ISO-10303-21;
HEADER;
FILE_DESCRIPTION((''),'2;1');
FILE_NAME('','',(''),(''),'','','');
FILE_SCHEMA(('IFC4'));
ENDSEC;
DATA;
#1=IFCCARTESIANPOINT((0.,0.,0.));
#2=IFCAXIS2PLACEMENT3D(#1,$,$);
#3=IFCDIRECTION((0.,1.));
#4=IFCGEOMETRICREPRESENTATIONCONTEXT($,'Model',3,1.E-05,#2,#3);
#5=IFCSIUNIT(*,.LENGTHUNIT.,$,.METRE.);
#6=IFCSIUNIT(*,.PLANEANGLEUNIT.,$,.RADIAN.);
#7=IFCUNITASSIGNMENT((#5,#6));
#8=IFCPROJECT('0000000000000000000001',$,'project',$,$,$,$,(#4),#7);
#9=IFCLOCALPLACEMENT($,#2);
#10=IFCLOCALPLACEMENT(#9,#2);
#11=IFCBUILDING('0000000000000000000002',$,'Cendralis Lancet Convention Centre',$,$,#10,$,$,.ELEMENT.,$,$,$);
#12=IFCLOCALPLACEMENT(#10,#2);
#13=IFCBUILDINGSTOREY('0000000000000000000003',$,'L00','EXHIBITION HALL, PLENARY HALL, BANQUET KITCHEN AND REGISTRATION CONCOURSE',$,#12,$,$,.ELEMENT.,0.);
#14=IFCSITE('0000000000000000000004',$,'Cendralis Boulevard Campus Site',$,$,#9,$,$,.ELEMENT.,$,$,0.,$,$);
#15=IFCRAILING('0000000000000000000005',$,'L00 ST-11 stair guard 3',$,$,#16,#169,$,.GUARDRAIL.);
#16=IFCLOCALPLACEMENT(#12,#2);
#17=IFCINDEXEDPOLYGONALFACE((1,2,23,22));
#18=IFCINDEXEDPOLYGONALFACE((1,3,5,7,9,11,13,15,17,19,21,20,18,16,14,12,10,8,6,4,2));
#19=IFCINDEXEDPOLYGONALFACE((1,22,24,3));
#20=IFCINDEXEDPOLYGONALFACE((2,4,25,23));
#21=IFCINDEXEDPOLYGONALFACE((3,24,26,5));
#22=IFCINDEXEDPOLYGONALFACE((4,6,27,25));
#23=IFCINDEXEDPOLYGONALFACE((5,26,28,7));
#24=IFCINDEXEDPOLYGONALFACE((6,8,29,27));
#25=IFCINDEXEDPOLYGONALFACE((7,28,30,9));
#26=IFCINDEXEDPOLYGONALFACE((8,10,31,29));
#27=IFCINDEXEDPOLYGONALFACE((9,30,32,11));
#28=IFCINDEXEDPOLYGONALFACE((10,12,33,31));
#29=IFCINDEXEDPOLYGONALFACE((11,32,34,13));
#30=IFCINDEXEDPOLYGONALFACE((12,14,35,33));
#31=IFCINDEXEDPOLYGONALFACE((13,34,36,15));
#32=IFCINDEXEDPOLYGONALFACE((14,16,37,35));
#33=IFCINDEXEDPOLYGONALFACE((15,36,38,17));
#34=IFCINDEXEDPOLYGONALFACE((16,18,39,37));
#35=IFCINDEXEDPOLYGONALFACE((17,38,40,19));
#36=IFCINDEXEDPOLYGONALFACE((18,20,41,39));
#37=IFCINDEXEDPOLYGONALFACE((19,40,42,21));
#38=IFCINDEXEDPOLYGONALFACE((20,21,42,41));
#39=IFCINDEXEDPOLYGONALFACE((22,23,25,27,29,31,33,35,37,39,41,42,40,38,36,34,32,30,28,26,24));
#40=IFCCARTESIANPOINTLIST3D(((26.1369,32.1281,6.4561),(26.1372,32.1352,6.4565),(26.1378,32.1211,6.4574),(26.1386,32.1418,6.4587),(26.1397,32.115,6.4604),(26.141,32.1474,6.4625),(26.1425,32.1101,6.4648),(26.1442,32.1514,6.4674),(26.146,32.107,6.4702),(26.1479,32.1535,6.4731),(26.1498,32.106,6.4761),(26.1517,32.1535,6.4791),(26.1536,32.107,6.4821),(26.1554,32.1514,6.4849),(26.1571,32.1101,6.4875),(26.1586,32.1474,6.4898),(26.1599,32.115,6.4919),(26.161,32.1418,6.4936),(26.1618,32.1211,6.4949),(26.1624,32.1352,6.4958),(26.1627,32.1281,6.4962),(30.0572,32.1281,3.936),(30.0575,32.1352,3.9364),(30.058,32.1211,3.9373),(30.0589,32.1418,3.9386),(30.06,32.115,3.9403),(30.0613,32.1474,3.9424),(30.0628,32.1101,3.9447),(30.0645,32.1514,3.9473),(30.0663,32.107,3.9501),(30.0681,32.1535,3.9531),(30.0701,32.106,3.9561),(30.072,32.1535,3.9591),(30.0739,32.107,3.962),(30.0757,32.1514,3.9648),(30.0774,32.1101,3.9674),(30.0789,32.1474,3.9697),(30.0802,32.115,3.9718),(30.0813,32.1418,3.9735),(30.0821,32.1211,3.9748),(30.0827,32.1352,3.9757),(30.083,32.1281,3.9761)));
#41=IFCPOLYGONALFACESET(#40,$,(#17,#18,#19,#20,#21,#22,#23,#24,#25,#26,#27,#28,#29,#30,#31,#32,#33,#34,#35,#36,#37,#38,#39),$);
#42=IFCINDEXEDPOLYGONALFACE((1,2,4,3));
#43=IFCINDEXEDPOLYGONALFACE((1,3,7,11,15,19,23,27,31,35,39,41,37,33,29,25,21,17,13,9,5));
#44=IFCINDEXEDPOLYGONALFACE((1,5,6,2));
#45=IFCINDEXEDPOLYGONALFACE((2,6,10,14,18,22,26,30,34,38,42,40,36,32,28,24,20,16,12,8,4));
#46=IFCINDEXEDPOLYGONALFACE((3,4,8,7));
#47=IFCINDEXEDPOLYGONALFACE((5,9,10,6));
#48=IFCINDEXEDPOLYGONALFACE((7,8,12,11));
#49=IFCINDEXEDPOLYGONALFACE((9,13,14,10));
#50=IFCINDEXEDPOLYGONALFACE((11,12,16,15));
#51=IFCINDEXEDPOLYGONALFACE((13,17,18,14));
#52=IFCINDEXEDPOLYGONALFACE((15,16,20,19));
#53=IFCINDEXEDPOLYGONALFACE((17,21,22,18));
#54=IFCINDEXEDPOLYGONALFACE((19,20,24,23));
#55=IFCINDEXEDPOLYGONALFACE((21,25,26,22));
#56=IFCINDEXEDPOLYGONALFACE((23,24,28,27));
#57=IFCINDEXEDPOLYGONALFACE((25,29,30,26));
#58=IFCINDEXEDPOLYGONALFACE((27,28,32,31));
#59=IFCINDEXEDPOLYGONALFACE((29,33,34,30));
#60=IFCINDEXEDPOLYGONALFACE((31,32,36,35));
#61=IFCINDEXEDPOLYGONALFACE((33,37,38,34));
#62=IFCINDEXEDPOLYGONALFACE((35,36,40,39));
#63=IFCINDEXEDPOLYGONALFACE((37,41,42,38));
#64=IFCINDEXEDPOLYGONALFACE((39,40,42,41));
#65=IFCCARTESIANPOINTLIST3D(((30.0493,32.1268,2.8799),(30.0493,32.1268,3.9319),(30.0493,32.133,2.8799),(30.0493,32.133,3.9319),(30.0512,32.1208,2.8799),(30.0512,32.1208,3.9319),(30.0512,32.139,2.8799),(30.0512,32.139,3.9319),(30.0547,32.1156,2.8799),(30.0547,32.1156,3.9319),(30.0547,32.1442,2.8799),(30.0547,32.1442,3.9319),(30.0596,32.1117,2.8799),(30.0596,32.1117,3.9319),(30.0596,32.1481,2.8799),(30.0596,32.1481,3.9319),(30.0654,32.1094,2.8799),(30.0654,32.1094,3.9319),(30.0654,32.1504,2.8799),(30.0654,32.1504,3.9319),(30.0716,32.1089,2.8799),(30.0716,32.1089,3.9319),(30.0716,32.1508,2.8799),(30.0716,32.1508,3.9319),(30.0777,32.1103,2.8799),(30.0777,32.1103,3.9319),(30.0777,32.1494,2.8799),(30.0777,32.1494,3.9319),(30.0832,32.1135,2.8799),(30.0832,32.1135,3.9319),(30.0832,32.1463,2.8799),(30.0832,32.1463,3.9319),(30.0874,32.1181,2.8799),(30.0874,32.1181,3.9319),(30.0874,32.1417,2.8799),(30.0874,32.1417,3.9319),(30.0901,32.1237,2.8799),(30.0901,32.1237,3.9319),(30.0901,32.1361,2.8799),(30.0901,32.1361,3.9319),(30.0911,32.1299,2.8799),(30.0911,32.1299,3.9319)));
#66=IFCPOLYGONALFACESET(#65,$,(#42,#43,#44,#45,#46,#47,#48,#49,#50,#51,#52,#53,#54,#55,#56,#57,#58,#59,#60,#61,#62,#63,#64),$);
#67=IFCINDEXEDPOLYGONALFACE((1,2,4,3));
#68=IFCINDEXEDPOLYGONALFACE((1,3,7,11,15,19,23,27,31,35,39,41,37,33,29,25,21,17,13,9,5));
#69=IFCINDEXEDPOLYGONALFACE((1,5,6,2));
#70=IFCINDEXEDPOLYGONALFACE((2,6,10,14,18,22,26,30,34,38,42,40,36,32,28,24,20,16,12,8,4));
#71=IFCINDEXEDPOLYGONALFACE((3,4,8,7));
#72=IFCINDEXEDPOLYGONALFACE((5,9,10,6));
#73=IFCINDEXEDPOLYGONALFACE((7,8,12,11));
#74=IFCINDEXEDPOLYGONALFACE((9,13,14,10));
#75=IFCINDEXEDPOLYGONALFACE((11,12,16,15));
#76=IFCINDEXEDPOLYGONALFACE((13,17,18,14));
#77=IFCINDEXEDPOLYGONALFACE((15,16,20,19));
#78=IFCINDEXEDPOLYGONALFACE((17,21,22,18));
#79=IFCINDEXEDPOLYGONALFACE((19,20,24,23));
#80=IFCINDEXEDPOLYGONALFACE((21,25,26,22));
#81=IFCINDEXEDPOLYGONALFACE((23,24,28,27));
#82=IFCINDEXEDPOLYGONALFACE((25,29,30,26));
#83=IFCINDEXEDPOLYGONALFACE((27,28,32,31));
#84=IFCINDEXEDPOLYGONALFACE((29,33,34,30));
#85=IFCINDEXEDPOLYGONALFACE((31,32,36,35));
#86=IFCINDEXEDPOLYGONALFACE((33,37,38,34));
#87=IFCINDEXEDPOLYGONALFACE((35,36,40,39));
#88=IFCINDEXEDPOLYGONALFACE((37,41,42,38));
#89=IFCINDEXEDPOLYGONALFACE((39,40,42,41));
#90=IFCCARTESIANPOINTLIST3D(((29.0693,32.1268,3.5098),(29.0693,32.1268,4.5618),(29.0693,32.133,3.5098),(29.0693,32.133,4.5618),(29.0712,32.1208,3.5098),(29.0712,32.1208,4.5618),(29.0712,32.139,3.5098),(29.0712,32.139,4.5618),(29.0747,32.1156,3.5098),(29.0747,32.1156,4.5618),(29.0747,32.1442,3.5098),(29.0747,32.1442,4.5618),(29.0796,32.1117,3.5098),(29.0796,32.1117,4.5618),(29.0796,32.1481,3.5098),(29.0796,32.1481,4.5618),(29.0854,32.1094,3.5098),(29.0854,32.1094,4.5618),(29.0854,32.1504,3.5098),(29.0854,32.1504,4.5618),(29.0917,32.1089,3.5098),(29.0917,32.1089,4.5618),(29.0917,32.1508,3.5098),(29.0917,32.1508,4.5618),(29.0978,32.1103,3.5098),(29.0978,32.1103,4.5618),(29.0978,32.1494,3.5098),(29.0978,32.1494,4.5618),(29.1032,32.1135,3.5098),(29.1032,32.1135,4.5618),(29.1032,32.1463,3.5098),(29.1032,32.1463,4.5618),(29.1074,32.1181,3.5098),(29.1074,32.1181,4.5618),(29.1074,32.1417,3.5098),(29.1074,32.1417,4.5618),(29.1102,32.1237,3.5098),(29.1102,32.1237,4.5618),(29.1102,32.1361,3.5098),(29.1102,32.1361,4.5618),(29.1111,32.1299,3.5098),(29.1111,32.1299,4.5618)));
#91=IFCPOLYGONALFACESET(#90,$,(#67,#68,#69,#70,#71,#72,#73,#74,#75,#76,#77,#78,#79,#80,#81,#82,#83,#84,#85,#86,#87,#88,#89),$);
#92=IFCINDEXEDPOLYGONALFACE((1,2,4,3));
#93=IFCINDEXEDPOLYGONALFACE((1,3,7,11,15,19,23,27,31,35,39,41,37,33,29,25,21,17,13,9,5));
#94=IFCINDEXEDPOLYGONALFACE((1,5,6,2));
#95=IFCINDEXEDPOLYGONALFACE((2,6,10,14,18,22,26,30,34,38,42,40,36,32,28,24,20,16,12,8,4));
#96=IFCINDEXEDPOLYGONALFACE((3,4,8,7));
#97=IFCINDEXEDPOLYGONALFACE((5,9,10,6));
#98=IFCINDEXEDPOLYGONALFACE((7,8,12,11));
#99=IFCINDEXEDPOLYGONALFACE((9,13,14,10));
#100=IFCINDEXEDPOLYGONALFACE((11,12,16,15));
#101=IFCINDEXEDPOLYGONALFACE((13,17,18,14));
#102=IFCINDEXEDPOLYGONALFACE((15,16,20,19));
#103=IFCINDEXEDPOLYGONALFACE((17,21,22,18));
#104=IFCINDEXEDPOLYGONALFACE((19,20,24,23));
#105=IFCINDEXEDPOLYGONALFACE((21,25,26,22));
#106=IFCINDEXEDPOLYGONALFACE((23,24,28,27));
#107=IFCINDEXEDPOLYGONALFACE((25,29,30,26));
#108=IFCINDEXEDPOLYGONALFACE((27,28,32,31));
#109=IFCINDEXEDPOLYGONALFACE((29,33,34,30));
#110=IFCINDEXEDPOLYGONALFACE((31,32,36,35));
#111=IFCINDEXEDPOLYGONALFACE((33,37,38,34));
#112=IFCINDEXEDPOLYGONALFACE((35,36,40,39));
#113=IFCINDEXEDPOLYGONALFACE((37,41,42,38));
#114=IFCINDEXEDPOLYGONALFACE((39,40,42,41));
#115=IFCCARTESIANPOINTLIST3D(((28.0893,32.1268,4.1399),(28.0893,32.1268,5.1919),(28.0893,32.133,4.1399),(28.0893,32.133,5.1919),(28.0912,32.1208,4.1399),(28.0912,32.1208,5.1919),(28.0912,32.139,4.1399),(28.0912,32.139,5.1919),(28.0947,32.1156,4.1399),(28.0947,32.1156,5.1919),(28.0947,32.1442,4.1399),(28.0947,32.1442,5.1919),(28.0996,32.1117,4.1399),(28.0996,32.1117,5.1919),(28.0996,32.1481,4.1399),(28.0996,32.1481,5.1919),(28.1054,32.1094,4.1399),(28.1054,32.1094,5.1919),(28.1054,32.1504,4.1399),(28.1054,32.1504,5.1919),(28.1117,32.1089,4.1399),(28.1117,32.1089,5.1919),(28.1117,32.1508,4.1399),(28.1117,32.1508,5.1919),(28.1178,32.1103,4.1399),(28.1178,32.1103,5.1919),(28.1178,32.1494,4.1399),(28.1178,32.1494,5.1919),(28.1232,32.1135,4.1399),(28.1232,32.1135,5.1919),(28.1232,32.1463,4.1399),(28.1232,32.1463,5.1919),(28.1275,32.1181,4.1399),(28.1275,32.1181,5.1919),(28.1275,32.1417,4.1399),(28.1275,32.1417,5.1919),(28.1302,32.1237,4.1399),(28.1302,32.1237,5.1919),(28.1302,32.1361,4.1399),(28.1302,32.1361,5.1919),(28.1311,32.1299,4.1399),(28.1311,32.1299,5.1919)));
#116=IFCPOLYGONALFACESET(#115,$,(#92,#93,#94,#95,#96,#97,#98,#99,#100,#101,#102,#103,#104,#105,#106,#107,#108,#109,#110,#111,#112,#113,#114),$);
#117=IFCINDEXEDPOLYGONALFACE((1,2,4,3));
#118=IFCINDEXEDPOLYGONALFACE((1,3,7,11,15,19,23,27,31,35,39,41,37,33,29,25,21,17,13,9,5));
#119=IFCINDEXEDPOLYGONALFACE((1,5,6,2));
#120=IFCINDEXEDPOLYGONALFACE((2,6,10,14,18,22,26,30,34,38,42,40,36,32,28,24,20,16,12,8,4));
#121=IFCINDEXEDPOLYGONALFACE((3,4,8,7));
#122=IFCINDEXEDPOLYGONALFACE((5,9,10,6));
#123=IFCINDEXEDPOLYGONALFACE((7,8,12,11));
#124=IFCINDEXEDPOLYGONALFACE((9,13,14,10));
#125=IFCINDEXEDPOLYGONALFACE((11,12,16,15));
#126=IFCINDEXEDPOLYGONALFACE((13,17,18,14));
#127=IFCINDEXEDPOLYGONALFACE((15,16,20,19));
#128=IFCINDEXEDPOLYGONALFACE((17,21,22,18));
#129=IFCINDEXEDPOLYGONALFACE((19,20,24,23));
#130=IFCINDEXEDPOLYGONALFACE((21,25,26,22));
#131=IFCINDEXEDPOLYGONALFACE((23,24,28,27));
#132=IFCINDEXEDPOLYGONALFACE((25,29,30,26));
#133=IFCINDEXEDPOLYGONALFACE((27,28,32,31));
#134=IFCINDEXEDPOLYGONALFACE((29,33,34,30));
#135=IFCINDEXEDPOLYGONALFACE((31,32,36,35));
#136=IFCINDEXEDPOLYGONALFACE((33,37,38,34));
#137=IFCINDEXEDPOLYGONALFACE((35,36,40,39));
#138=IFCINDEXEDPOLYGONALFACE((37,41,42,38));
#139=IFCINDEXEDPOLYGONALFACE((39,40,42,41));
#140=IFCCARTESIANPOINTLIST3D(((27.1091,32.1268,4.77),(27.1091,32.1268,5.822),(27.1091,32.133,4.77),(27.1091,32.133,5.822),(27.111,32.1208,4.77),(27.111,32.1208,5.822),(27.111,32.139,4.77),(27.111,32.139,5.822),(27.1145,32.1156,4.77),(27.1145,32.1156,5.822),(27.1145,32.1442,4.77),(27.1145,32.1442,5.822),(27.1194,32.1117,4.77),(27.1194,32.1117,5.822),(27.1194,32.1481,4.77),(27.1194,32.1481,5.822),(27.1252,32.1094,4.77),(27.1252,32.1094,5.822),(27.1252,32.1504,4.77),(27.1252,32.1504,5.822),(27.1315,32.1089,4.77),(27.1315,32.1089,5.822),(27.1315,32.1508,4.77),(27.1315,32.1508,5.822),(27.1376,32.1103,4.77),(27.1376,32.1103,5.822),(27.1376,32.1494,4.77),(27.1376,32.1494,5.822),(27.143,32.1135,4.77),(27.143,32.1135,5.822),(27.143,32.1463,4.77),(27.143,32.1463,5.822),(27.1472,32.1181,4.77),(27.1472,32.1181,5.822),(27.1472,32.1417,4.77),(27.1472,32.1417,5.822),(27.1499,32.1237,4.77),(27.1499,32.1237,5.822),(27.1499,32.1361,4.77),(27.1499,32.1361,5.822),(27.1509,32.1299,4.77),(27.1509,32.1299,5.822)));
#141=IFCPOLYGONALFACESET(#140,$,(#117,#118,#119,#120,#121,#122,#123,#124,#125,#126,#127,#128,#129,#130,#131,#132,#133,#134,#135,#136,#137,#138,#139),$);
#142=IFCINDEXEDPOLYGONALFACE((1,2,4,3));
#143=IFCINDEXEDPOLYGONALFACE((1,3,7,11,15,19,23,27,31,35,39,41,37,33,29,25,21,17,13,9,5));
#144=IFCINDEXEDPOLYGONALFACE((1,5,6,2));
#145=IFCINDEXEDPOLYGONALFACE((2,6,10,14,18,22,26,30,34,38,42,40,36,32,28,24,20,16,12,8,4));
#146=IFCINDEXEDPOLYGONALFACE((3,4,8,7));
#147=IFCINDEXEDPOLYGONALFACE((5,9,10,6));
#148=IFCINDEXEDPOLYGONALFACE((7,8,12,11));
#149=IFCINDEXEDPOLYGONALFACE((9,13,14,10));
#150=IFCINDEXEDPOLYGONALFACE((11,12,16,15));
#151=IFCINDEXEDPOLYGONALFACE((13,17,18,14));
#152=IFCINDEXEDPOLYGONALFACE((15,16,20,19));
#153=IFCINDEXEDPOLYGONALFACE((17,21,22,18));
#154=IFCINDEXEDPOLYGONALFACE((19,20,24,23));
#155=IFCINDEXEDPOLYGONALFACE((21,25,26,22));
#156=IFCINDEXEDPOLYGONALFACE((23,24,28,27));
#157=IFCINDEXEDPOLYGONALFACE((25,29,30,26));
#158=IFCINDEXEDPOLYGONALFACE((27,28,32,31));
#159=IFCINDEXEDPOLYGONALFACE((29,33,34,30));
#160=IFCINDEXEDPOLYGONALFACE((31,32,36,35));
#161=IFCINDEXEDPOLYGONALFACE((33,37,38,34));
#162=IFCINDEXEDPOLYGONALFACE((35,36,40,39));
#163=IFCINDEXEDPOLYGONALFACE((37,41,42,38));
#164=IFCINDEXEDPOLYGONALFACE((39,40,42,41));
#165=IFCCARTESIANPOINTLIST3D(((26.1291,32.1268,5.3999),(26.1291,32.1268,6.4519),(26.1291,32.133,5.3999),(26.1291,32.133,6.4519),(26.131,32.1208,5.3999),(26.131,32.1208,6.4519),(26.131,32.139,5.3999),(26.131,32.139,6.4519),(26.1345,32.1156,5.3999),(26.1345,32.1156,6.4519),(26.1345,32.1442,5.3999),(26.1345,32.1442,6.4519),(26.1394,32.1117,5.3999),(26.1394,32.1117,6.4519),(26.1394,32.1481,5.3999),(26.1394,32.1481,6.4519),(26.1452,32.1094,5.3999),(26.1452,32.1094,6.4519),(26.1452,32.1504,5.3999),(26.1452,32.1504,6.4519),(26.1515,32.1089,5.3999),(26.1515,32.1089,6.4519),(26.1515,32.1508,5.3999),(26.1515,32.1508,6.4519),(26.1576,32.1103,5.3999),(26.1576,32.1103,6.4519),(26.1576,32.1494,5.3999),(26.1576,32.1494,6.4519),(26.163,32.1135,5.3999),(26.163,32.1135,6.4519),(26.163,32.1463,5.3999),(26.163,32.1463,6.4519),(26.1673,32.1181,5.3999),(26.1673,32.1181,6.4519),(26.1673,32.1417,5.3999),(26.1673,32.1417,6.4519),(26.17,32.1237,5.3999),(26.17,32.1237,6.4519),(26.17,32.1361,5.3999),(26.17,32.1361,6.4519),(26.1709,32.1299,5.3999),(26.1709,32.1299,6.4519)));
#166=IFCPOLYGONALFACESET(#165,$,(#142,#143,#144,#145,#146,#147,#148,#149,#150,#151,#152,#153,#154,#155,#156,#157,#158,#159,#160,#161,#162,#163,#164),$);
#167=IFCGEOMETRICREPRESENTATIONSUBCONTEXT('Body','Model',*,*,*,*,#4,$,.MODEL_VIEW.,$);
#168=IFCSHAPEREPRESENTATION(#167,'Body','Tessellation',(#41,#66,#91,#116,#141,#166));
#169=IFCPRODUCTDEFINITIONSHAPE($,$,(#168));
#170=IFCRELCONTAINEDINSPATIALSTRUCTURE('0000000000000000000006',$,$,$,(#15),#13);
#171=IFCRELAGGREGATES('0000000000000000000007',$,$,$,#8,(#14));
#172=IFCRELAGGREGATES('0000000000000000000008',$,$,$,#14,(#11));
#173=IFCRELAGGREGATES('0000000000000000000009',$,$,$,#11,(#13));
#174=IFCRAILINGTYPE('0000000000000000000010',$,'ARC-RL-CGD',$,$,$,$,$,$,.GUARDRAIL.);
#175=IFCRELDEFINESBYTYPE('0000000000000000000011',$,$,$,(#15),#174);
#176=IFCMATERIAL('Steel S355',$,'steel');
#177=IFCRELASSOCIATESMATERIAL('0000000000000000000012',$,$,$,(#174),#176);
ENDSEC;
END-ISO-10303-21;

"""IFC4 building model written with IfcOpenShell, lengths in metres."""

from ifc_helpers import new_model, si_unit, direction, frame, origin, origin_2d, place, context, subcontext, project, spatial, circle, extrude, material, type_object, element, save


model = new_model("IFC4")

# Units and contexts
model_context = context("Model", 3, precision=1e-05, world=origin(), true_north=direction((0.0, 1.0)))
body_context = subcontext(model_context, "Body", "Model", "MODEL_VIEW")
ifc_project = project(units=[si_unit("LENGTHUNIT", "METRE"), si_unit("PLANEANGLEUNIT", "RADIAN")], contexts=[model_context])

# Site, building, storey
site_placement = place(None, origin())
site = spatial("IfcSite", under=ifc_project, at=site_placement, Name="Cendralis Boulevard Campus Site", CompositionType="ELEMENT", RefElevation=0.0)
building_placement = place(site_placement, origin())
building = spatial("IfcBuilding", under=site, at=building_placement, Name="Cendralis Lancet Convention Centre", CompositionType="ELEMENT")
storey_placement = place(building_placement, origin())
storey = spatial("IfcBuildingStorey", under=building, at=storey_placement, Name="L00", Description="EXHIBITION HALL, PLENARY HALL, BANQUET KITCHEN AND REGISTRATION CONCOURSE", CompositionType="ELEMENT", Elevation=0.0)

# Shared definitions
ifc_material_1 = material(Name="Steel S355", Category="steel")

# Railing
railing_type_1 = type_object("IfcRailingType", Name="ARC-RL-CGD", PredefinedType="GUARDRAIL", material=ifc_material_1)
railing_1_placement = place(storey_placement, frame((30.0701, 32.1299, 2.8799)))
element("IfcRailing", 1, at=railing_1_placement, inside=storey, type_object=railing_type_1, Name="L00 ST-11 stair guard 3", PredefinedType="GUARDRAIL", context=body_context, shape_type="SweptSolid", body=[
    extrude(circle(Radius=0.0239, at=origin_2d()), frame((0.0, 0.0, 1.0762), z_axis=(-0.841187, 0.0, 0.540744), x_axis=(0.0, -1.0, 0.0)), (0.0, 0.0, 1.0), 4.6604),
    extrude(circle(Radius=0.021, at=origin_2d()), origin(), (0.0, 0.0, 1.0), 1.052),
    extrude(circle(Radius=0.021, at=origin_2d()), frame((-0.98, 0.0, 0.6299)), (0.0, 0.0, 1.0), 1.052),
    extrude(circle(Radius=0.021, at=origin_2d()), frame((-1.96, 0.0, 1.26)), (0.0, 0.0, 1.0), 1.052),
    extrude(circle(Radius=0.021, at=origin_2d()), frame((-2.9402, 0.0, 1.8901)), (0.0, 0.0, 1.0), 1.052),
    extrude(circle(Radius=0.021, at=origin_2d()), frame((-3.9202, 0.0, 2.52)), (0.0, 0.0, 1.0), 1.052),
])

save(model, "model.ifc")
